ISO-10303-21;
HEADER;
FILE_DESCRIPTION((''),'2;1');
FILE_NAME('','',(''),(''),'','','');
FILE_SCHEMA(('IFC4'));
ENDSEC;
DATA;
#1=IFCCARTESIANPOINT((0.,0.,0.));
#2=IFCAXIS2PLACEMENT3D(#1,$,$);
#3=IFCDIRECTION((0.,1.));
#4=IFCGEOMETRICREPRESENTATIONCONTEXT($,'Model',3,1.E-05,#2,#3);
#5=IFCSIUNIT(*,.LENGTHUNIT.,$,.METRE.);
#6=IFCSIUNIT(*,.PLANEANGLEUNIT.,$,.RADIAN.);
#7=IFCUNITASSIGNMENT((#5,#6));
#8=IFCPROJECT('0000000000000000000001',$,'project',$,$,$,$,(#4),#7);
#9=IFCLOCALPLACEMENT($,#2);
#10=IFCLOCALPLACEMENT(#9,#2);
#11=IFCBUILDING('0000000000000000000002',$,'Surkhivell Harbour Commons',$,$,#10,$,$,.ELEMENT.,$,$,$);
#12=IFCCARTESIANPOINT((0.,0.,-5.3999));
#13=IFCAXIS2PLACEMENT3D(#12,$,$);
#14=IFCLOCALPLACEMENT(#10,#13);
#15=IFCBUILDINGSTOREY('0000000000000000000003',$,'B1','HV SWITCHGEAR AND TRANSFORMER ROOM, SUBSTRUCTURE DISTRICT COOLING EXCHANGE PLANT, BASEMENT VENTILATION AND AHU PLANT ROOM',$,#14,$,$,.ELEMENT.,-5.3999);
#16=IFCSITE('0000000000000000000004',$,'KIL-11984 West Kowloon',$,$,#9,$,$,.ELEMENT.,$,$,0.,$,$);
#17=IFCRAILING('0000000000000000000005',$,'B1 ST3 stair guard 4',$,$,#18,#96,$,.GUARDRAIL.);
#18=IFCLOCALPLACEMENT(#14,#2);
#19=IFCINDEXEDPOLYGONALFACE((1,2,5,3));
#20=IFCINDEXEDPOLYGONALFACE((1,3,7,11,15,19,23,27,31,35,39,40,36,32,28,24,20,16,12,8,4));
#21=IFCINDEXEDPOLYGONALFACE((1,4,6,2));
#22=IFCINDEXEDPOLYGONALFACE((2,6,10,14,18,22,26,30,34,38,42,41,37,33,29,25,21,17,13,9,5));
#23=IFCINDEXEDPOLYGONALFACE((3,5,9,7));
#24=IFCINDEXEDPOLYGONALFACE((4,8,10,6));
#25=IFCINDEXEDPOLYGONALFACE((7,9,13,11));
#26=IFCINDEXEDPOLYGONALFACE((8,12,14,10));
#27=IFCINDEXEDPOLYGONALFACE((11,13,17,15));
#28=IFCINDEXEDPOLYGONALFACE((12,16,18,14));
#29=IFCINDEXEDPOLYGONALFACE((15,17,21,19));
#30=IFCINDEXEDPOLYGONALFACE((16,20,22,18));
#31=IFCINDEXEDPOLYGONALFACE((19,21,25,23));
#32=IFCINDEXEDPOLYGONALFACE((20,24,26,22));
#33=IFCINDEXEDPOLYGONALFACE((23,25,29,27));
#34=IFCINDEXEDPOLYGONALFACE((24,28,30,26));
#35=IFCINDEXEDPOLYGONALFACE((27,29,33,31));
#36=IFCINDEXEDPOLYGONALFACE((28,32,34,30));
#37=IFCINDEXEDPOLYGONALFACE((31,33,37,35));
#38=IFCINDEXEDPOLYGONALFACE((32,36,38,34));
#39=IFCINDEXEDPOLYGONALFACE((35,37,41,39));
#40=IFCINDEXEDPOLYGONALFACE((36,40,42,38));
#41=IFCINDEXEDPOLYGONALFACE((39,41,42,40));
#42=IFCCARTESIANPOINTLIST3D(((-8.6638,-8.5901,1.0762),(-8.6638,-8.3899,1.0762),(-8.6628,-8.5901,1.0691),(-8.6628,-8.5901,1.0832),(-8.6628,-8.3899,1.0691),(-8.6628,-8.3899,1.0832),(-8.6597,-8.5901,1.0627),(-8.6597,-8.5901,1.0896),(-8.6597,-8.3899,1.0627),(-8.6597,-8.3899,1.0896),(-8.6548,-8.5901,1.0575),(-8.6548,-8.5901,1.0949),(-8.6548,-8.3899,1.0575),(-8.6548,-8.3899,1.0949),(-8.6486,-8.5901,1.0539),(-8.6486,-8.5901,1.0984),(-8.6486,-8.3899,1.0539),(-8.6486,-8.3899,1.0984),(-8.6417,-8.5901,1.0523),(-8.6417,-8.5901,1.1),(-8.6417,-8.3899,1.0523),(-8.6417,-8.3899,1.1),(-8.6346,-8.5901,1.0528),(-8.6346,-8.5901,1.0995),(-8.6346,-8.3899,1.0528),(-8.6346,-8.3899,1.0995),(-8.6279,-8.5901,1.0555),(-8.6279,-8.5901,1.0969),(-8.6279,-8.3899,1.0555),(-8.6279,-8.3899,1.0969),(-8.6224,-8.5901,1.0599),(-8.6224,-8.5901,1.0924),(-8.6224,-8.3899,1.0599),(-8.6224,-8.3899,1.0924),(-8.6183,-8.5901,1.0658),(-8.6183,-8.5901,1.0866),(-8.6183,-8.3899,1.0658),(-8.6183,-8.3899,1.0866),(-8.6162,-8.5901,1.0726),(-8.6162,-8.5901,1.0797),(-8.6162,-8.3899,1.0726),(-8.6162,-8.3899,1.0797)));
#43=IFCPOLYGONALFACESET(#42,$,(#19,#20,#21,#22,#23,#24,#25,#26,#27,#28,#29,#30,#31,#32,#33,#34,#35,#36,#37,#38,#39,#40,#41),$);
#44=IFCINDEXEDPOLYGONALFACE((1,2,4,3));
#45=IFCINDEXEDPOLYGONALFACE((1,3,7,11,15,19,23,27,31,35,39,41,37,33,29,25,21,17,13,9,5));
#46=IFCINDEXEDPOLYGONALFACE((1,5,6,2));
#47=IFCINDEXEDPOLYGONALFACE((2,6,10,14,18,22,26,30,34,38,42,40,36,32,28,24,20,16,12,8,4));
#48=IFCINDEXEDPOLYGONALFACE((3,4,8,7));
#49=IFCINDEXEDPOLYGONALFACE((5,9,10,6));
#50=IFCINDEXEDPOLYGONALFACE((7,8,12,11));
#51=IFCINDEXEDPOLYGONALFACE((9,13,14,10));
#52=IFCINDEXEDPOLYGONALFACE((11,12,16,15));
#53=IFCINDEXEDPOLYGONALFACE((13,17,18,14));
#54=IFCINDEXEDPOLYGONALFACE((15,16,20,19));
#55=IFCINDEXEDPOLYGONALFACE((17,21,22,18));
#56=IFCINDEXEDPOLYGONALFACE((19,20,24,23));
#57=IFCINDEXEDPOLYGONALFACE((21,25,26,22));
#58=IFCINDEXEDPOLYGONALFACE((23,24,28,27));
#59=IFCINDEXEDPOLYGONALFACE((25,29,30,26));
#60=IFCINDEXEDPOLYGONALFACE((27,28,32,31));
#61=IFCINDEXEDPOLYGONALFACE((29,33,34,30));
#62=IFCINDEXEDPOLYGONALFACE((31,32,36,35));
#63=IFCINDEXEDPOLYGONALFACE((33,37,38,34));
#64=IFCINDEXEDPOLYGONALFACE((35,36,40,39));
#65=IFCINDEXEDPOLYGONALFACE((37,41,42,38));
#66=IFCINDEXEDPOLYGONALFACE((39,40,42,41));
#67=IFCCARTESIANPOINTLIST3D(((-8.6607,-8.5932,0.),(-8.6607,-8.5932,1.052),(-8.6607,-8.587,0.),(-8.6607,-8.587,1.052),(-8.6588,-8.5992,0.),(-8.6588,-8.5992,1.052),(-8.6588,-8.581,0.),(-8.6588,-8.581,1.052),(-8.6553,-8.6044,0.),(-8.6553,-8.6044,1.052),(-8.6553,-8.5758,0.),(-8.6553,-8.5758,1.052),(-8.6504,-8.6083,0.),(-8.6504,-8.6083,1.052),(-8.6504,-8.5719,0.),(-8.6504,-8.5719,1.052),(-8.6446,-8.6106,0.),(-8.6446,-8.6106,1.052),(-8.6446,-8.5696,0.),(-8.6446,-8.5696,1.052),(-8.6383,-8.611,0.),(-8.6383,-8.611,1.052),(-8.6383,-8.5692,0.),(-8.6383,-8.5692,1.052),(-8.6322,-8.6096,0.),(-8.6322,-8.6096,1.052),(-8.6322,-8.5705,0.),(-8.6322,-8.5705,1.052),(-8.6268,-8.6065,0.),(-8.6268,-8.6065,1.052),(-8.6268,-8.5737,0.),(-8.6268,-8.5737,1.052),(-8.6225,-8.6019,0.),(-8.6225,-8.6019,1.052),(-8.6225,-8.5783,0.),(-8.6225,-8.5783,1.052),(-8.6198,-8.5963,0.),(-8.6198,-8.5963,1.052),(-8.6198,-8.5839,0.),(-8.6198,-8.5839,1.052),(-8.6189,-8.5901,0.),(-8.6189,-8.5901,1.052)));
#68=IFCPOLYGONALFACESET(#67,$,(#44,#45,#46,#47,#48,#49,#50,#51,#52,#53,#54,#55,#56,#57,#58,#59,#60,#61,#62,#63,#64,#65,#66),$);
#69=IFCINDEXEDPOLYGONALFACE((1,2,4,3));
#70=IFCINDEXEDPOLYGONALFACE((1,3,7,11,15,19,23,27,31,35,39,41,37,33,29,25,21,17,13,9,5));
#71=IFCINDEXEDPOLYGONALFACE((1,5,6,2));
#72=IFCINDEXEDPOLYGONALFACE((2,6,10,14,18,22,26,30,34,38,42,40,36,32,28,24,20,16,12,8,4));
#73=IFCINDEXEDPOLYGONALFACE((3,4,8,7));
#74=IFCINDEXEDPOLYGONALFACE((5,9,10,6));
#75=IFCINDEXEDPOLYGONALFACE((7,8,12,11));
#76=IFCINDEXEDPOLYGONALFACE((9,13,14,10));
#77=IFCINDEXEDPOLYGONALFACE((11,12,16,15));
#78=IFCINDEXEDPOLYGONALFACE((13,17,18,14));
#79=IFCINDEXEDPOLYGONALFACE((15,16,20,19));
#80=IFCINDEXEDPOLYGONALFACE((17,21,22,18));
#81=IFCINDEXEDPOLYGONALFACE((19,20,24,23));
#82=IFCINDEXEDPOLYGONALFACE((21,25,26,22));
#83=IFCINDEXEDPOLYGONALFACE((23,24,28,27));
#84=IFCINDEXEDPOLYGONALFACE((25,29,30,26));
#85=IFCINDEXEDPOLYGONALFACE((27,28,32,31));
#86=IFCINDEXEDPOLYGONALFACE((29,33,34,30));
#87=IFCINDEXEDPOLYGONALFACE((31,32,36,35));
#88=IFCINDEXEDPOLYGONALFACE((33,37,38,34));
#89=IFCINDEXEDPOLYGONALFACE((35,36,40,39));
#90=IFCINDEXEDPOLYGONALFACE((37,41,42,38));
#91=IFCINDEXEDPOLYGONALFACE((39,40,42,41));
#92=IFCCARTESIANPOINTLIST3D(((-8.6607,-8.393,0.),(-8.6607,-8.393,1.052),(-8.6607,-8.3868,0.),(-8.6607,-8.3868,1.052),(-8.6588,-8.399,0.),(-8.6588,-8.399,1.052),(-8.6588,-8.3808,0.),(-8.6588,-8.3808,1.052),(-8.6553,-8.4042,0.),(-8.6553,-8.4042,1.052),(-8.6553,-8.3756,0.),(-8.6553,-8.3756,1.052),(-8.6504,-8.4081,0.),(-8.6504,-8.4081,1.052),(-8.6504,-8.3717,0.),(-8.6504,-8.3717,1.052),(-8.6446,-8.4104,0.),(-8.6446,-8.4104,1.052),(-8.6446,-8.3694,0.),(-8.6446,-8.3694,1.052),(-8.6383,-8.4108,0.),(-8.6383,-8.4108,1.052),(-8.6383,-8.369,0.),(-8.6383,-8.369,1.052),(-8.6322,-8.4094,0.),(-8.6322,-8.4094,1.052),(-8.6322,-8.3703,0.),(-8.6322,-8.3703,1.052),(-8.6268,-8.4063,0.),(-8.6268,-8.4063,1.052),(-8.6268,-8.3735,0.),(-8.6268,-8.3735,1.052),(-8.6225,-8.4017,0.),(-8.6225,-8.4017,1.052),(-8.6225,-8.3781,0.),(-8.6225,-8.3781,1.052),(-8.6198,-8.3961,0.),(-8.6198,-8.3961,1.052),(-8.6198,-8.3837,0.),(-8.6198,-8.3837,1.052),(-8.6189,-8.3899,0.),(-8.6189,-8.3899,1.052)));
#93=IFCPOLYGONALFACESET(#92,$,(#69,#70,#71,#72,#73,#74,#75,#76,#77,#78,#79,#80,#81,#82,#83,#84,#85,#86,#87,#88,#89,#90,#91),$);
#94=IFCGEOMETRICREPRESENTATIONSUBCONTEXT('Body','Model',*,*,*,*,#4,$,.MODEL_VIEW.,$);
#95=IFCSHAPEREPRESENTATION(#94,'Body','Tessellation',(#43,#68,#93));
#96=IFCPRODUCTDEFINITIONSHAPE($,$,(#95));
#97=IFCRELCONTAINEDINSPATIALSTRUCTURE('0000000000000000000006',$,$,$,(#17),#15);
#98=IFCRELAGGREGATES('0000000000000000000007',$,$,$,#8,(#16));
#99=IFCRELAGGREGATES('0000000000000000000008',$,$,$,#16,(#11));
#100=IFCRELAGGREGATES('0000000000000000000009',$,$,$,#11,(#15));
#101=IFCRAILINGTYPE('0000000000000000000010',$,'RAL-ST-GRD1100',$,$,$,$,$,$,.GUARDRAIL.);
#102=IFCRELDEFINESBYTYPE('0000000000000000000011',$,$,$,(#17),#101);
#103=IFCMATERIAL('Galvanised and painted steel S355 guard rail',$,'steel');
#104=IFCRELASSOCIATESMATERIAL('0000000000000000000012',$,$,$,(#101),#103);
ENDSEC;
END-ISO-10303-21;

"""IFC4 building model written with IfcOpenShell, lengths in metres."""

from ifc_helpers import new_model, si_unit, direction, frame, origin, origin_2d, place, context, subcontext, project, spatial, circle, extrude, material, type_object, element, save


model = new_model("IFC4")

# Units and contexts
model_context = context("Model", 3, precision=1e-05, world=origin(), true_north=direction((0.0, 1.0)))
body_context = subcontext(model_context, "Body", "Model", "MODEL_VIEW")
ifc_project = project(units=[si_unit("LENGTHUNIT", "METRE"), si_unit("PLANEANGLEUNIT", "RADIAN")], contexts=[model_context])

# Site, building, storey
site_placement = place(None, origin())
site = spatial("IfcSite", under=ifc_project, at=site_placement, Name="KIL-11984 West Kowloon", CompositionType="ELEMENT", RefElevation=0.0)
building_placement = place(site_placement, origin())
building = spatial("IfcBuilding", under=site, at=building_placement, Name="Surkhivell Harbour Commons", CompositionType="ELEMENT")
storey_placement = place(building_placement, frame((0.0, 0.0, -5.3999)))
storey = spatial("IfcBuildingStorey", under=building, at=storey_placement, Name="B1", Description="HV SWITCHGEAR AND TRANSFORMER ROOM, SUBSTRUCTURE DISTRICT COOLING EXCHANGE PLANT, BASEMENT VENTILATION AND AHU PLANT ROOM", CompositionType="ELEMENT", Elevation=-5.3999)

# Railing
ifc_material_1 = material(Name="Galvanised and painted steel S355 guard rail", Category="steel")
railing_type_1 = type_object("IfcRailingType", Name="RAL-ST-GRD1100", PredefinedType="GUARDRAIL", material=ifc_material_1)
railing_1_placement = place(storey_placement, frame((-8.6399, -8.5901, 0.0)))
element("IfcRailing", 1, at=railing_1_placement, inside=storey, type_object=railing_type_1, Name="B1 ST3 stair guard 4", PredefinedType="GUARDRAIL", context=body_context, shape_type="SweptSolid", body=[
    extrude(circle(Radius=0.0239, at=origin_2d()), frame((0.0, 0.0, 1.0762), z_axis=(0.0, 1.0, 0.0), x_axis=(-1.0, 0.0, 0.0)), (0.0, 0.0, 1.0), 0.2002),
    extrude(circle(Radius=0.021, at=origin_2d()), origin(), (0.0, 0.0, 1.0), 1.052),
    extrude(circle(Radius=0.021, at=origin_2d()), frame((0.0, 0.2002, 0.0)), (0.0, 0.0, 1.0), 1.052),
])

save(model, "model.ifc")
